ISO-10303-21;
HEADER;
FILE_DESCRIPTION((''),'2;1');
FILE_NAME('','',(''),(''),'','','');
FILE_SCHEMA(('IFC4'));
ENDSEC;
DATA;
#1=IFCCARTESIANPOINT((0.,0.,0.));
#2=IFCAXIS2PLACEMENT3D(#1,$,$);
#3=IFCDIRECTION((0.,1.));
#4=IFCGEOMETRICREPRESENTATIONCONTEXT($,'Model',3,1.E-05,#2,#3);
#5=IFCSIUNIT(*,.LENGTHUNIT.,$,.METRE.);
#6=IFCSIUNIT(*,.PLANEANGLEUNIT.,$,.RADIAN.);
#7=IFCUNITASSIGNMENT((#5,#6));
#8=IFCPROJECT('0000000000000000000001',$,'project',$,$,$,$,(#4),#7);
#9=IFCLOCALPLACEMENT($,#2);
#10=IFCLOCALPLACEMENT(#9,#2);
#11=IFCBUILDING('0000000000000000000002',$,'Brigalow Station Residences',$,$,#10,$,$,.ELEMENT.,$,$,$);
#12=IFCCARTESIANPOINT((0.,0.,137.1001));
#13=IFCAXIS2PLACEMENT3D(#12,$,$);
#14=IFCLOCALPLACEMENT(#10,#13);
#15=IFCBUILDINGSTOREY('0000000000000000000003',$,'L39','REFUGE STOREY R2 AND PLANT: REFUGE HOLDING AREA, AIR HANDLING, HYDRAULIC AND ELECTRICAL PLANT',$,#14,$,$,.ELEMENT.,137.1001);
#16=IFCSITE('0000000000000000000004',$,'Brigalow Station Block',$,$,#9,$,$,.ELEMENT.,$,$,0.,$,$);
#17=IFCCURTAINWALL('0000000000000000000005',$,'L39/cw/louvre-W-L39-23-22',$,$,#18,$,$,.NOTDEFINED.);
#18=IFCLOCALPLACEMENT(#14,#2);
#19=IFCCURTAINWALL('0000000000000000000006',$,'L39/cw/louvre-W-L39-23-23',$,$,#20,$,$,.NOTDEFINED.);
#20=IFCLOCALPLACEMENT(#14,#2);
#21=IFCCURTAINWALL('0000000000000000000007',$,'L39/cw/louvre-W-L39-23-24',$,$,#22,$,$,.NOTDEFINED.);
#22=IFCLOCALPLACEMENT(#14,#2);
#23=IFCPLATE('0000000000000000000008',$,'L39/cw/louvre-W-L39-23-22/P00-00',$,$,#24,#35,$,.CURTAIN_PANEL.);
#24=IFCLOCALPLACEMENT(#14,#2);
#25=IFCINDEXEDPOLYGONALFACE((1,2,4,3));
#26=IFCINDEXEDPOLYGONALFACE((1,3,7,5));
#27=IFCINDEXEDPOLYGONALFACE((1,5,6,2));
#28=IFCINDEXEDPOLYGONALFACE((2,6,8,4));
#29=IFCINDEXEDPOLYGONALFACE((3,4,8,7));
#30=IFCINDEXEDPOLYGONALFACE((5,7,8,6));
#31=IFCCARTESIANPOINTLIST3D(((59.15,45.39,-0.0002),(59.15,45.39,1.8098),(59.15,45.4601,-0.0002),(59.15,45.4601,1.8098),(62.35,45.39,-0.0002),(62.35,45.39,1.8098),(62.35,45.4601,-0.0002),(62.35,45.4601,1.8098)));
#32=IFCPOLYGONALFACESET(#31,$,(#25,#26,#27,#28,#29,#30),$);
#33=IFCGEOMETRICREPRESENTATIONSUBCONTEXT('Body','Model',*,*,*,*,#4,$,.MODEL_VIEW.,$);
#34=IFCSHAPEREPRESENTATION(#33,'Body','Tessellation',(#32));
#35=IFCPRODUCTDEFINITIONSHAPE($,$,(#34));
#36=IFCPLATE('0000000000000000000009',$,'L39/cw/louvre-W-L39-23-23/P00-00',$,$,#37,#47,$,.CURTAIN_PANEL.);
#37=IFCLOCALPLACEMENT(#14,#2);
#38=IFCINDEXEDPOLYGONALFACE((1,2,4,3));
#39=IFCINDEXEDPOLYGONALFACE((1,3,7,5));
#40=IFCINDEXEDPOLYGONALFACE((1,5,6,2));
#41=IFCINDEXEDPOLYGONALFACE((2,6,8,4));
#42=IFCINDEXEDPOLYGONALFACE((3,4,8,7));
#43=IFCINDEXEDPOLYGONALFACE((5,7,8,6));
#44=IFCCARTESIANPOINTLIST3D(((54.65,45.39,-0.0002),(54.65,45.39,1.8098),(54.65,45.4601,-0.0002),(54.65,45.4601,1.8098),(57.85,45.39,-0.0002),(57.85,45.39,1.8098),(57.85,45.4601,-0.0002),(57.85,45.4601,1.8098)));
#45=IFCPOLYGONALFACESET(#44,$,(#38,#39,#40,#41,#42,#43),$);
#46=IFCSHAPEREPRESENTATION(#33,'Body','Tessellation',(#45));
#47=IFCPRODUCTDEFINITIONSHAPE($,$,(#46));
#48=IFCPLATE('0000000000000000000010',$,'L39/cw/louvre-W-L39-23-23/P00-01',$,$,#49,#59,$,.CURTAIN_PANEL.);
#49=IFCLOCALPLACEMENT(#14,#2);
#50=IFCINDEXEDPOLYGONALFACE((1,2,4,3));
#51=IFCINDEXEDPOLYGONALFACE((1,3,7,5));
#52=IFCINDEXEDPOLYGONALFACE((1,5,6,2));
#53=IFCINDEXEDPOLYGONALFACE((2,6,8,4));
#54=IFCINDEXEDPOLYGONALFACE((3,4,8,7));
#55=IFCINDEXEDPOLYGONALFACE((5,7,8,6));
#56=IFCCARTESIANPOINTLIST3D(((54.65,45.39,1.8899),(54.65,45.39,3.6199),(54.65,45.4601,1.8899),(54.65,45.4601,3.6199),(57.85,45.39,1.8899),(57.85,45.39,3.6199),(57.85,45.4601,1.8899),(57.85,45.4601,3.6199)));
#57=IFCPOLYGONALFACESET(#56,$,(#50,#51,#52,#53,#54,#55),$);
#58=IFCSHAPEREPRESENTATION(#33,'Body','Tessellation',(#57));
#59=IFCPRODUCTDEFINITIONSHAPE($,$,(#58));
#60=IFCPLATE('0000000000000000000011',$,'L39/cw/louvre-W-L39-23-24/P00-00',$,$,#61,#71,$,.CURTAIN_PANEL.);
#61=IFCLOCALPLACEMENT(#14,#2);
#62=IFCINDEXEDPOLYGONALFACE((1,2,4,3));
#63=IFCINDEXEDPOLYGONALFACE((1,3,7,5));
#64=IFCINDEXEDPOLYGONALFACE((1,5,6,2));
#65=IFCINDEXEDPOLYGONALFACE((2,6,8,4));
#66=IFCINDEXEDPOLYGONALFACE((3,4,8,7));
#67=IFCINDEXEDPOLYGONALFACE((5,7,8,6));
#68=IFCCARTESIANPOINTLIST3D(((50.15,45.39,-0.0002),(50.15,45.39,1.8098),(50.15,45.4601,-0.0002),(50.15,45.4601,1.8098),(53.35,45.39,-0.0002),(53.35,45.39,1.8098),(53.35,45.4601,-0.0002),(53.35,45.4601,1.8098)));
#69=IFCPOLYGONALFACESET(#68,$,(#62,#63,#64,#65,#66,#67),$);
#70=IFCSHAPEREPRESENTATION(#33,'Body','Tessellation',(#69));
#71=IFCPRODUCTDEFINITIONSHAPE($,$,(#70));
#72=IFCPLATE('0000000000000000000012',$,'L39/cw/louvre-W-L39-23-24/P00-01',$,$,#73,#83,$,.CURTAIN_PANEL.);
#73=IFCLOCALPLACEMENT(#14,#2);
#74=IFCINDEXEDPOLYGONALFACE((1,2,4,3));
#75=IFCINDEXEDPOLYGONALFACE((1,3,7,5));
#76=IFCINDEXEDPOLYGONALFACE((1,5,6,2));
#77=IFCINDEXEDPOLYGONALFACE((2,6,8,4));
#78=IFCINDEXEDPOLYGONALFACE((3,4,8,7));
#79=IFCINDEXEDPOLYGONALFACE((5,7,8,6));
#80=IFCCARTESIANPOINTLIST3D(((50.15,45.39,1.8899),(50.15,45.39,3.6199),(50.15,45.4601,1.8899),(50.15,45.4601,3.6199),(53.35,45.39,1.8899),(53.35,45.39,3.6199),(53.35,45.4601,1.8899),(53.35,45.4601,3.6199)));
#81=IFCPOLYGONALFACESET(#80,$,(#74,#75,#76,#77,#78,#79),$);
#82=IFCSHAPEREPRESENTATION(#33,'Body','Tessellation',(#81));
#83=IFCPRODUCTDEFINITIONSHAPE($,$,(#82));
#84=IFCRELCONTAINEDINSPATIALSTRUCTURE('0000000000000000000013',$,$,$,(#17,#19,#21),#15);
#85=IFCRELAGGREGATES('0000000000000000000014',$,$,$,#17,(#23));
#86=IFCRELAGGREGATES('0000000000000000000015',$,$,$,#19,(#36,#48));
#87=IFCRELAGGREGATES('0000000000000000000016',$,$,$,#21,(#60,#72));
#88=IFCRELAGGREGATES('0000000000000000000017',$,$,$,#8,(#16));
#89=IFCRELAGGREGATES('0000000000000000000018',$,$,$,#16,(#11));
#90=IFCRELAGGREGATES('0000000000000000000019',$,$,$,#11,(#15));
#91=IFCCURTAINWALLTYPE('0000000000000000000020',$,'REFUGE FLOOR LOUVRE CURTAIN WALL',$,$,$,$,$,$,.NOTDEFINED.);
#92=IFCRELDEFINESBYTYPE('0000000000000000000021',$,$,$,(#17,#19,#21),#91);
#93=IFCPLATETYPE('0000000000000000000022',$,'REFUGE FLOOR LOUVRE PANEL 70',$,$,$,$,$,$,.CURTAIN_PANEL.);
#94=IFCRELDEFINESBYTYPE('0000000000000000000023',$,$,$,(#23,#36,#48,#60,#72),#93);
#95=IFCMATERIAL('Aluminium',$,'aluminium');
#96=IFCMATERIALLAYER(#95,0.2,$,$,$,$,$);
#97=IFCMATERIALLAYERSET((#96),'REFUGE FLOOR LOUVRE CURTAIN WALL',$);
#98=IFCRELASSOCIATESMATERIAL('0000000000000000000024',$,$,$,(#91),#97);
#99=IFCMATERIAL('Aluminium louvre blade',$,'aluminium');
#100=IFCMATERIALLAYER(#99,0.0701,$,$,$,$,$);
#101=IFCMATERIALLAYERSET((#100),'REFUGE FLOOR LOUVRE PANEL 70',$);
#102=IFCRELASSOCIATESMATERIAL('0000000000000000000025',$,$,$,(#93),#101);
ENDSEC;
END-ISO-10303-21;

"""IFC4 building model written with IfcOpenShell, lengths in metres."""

from ifc_helpers import new_model, si_unit, direction, frame, origin, origin_2d, place, context, subcontext, project, spatial, rectangle, extrude, material, layer, layer_set, type_object, element, aggregate, save


model = new_model("IFC4")

# Units and contexts
model_context = context("Model", 3, precision=1e-05, world=origin(), true_north=direction((0.0, 1.0)))
body_context = subcontext(model_context, "Body", "Model", "MODEL_VIEW")
ifc_project = project(units=[si_unit("LENGTHUNIT", "METRE"), si_unit("PLANEANGLEUNIT", "RADIAN")], contexts=[model_context])

# Site, building, storey
site_placement = place(None, origin())
site = spatial("IfcSite", under=ifc_project, at=site_placement, Name="Brigalow Station Block", CompositionType="ELEMENT", RefElevation=0.0)
building_placement = place(site_placement, origin())
building = spatial("IfcBuilding", under=site, at=building_placement, Name="Brigalow Station Residences", CompositionType="ELEMENT")
storey_placement = place(building_placement, frame((0.0, 0.0, 137.1001)))
storey = spatial("IfcBuildingStorey", under=building, at=storey_placement, Name="L39", Description="REFUGE STOREY R2 AND PLANT: REFUGE HOLDING AREA, AIR HANDLING, HYDRAULIC AND ELECTRICAL PLANT", CompositionType="ELEMENT", Elevation=137.1001)

# Curtain wall
ifc_material_1 = material(Name="Aluminium", Category="aluminium")
ifc_layer_1 = layer(ifc_material_1, 0.2)
ifc_layer_set_1 = layer_set([ifc_layer_1], Name="REFUGE FLOOR LOUVRE CURTAIN WALL")
curtain_wall_type = type_object("IfcCurtainWallType", Name="REFUGE FLOOR LOUVRE CURTAIN WALL", PredefinedType="NOTDEFINED", material=ifc_layer_set_1)
curtain_wall_1_placement = place(storey_placement, origin())
curtain_wall_1 = element("IfcCurtainWall", 1, at=curtain_wall_1_placement, inside=storey, type_object=curtain_wall_type, Name="L39/cw/louvre-W-L39-23-22", PredefinedType="NOTDEFINED")

# Curtain walls
curtain_wall_2_placement = place(storey_placement, origin())
curtain_wall_2 = element("IfcCurtainWall", 2, at=curtain_wall_2_placement, inside=storey, type_object=curtain_wall_type, Name="L39/cw/louvre-W-L39-23-23", PredefinedType="NOTDEFINED")
curtain_wall_3_placement = place(storey_placement, origin())
curtain_wall_3 = element("IfcCurtainWall", 3, at=curtain_wall_3_placement, inside=storey, type_object=curtain_wall_type, Name="L39/cw/louvre-W-L39-23-24", PredefinedType="NOTDEFINED")

# Plates
ifc_material_2 = material(Name="Aluminium louvre blade", Category="aluminium")
ifc_layer_2 = layer(ifc_material_2, 0.0701)
ifc_layer_set_2 = layer_set([ifc_layer_2], Name="REFUGE FLOOR LOUVRE PANEL 70")
plate_type = type_object("IfcPlateType", Name="REFUGE FLOOR LOUVRE PANEL 70", PredefinedType="CURTAIN_PANEL", material=ifc_layer_set_2)
plate_1_placement = place(storey_placement, frame((60.75, 45.425, -0.0002), z_axis=(0.0, 0.0, 1.0), x_axis=(-1.0, 0.0, 0.0)))
plate_1 = element("IfcPlate", 4, at=plate_1_placement, type_object=plate_type, Name="L39/cw/louvre-W-L39-23-22/P00-00", PredefinedType="CURTAIN_PANEL", context=body_context, shape_type="SweptSolid", body=[
    extrude(rectangle(XDim=3.2, YDim=0.0701, at=origin_2d()), origin(), (0.0, 0.0, 1.0), 1.8101),
])
aggregate(curtain_wall_1, [plate_1])
plate_2_placement = place(storey_placement, frame((56.25, 45.425, -0.0002), z_axis=(0.0, 0.0, 1.0), x_axis=(-1.0, 0.0, 0.0)))
plate_2 = element("IfcPlate", 5, at=plate_2_placement, type_object=plate_type, Name="L39/cw/louvre-W-L39-23-23/P00-00", PredefinedType="CURTAIN_PANEL", context=body_context, shape_type="SweptSolid", body=[
    extrude(rectangle(XDim=3.2, YDim=0.0701, at=origin_2d()), origin(), (0.0, 0.0, 1.0), 1.8101),
])
plate_3_placement = place(storey_placement, frame((56.25, 45.425, 1.8899), z_axis=(0.0, 0.0, 1.0), x_axis=(-1.0, 0.0, 0.0)))
plate_3 = element("IfcPlate", 6, at=plate_3_placement, type_object=plate_type, Name="L39/cw/louvre-W-L39-23-23/P00-01", PredefinedType="CURTAIN_PANEL", context=body_context, shape_type="SweptSolid", body=[
    extrude(rectangle(XDim=3.2, YDim=0.0701, at=origin_2d()), origin(), (0.0, 0.0, 1.0), 1.73),
])
aggregate(curtain_wall_2, [plate_2, plate_3])
plate_4_placement = place(storey_placement, frame((51.75, 45.425, -0.0002), z_axis=(0.0, 0.0, 1.0), x_axis=(-1.0, 0.0, 0.0)))
plate_4 = element("IfcPlate", 7, at=plate_4_placement, type_object=plate_type, Name="L39/cw/louvre-W-L39-23-24/P00-00", PredefinedType="CURTAIN_PANEL", context=body_context, shape_type="SweptSolid", body=[
    extrude(rectangle(XDim=3.2, YDim=0.0701, at=origin_2d()), origin(), (0.0, 0.0, 1.0), 1.8101),
])
plate_5_placement = place(storey_placement, frame((51.75, 45.425, 1.8899), z_axis=(0.0, 0.0, 1.0), x_axis=(-1.0, 0.0, 0.0)))
plate_5 = element("IfcPlate", 8, at=plate_5_placement, type_object=plate_type, Name="L39/cw/louvre-W-L39-23-24/P00-01", PredefinedType="CURTAIN_PANEL", context=body_context, shape_type="SweptSolid", body=[
    extrude(rectangle(XDim=3.2, YDim=0.0701, at=origin_2d()), origin(), (0.0, 0.0, 1.0), 1.73),
])
aggregate(curtain_wall_3, [plate_4, plate_5])

save(model, "model.ifc")
